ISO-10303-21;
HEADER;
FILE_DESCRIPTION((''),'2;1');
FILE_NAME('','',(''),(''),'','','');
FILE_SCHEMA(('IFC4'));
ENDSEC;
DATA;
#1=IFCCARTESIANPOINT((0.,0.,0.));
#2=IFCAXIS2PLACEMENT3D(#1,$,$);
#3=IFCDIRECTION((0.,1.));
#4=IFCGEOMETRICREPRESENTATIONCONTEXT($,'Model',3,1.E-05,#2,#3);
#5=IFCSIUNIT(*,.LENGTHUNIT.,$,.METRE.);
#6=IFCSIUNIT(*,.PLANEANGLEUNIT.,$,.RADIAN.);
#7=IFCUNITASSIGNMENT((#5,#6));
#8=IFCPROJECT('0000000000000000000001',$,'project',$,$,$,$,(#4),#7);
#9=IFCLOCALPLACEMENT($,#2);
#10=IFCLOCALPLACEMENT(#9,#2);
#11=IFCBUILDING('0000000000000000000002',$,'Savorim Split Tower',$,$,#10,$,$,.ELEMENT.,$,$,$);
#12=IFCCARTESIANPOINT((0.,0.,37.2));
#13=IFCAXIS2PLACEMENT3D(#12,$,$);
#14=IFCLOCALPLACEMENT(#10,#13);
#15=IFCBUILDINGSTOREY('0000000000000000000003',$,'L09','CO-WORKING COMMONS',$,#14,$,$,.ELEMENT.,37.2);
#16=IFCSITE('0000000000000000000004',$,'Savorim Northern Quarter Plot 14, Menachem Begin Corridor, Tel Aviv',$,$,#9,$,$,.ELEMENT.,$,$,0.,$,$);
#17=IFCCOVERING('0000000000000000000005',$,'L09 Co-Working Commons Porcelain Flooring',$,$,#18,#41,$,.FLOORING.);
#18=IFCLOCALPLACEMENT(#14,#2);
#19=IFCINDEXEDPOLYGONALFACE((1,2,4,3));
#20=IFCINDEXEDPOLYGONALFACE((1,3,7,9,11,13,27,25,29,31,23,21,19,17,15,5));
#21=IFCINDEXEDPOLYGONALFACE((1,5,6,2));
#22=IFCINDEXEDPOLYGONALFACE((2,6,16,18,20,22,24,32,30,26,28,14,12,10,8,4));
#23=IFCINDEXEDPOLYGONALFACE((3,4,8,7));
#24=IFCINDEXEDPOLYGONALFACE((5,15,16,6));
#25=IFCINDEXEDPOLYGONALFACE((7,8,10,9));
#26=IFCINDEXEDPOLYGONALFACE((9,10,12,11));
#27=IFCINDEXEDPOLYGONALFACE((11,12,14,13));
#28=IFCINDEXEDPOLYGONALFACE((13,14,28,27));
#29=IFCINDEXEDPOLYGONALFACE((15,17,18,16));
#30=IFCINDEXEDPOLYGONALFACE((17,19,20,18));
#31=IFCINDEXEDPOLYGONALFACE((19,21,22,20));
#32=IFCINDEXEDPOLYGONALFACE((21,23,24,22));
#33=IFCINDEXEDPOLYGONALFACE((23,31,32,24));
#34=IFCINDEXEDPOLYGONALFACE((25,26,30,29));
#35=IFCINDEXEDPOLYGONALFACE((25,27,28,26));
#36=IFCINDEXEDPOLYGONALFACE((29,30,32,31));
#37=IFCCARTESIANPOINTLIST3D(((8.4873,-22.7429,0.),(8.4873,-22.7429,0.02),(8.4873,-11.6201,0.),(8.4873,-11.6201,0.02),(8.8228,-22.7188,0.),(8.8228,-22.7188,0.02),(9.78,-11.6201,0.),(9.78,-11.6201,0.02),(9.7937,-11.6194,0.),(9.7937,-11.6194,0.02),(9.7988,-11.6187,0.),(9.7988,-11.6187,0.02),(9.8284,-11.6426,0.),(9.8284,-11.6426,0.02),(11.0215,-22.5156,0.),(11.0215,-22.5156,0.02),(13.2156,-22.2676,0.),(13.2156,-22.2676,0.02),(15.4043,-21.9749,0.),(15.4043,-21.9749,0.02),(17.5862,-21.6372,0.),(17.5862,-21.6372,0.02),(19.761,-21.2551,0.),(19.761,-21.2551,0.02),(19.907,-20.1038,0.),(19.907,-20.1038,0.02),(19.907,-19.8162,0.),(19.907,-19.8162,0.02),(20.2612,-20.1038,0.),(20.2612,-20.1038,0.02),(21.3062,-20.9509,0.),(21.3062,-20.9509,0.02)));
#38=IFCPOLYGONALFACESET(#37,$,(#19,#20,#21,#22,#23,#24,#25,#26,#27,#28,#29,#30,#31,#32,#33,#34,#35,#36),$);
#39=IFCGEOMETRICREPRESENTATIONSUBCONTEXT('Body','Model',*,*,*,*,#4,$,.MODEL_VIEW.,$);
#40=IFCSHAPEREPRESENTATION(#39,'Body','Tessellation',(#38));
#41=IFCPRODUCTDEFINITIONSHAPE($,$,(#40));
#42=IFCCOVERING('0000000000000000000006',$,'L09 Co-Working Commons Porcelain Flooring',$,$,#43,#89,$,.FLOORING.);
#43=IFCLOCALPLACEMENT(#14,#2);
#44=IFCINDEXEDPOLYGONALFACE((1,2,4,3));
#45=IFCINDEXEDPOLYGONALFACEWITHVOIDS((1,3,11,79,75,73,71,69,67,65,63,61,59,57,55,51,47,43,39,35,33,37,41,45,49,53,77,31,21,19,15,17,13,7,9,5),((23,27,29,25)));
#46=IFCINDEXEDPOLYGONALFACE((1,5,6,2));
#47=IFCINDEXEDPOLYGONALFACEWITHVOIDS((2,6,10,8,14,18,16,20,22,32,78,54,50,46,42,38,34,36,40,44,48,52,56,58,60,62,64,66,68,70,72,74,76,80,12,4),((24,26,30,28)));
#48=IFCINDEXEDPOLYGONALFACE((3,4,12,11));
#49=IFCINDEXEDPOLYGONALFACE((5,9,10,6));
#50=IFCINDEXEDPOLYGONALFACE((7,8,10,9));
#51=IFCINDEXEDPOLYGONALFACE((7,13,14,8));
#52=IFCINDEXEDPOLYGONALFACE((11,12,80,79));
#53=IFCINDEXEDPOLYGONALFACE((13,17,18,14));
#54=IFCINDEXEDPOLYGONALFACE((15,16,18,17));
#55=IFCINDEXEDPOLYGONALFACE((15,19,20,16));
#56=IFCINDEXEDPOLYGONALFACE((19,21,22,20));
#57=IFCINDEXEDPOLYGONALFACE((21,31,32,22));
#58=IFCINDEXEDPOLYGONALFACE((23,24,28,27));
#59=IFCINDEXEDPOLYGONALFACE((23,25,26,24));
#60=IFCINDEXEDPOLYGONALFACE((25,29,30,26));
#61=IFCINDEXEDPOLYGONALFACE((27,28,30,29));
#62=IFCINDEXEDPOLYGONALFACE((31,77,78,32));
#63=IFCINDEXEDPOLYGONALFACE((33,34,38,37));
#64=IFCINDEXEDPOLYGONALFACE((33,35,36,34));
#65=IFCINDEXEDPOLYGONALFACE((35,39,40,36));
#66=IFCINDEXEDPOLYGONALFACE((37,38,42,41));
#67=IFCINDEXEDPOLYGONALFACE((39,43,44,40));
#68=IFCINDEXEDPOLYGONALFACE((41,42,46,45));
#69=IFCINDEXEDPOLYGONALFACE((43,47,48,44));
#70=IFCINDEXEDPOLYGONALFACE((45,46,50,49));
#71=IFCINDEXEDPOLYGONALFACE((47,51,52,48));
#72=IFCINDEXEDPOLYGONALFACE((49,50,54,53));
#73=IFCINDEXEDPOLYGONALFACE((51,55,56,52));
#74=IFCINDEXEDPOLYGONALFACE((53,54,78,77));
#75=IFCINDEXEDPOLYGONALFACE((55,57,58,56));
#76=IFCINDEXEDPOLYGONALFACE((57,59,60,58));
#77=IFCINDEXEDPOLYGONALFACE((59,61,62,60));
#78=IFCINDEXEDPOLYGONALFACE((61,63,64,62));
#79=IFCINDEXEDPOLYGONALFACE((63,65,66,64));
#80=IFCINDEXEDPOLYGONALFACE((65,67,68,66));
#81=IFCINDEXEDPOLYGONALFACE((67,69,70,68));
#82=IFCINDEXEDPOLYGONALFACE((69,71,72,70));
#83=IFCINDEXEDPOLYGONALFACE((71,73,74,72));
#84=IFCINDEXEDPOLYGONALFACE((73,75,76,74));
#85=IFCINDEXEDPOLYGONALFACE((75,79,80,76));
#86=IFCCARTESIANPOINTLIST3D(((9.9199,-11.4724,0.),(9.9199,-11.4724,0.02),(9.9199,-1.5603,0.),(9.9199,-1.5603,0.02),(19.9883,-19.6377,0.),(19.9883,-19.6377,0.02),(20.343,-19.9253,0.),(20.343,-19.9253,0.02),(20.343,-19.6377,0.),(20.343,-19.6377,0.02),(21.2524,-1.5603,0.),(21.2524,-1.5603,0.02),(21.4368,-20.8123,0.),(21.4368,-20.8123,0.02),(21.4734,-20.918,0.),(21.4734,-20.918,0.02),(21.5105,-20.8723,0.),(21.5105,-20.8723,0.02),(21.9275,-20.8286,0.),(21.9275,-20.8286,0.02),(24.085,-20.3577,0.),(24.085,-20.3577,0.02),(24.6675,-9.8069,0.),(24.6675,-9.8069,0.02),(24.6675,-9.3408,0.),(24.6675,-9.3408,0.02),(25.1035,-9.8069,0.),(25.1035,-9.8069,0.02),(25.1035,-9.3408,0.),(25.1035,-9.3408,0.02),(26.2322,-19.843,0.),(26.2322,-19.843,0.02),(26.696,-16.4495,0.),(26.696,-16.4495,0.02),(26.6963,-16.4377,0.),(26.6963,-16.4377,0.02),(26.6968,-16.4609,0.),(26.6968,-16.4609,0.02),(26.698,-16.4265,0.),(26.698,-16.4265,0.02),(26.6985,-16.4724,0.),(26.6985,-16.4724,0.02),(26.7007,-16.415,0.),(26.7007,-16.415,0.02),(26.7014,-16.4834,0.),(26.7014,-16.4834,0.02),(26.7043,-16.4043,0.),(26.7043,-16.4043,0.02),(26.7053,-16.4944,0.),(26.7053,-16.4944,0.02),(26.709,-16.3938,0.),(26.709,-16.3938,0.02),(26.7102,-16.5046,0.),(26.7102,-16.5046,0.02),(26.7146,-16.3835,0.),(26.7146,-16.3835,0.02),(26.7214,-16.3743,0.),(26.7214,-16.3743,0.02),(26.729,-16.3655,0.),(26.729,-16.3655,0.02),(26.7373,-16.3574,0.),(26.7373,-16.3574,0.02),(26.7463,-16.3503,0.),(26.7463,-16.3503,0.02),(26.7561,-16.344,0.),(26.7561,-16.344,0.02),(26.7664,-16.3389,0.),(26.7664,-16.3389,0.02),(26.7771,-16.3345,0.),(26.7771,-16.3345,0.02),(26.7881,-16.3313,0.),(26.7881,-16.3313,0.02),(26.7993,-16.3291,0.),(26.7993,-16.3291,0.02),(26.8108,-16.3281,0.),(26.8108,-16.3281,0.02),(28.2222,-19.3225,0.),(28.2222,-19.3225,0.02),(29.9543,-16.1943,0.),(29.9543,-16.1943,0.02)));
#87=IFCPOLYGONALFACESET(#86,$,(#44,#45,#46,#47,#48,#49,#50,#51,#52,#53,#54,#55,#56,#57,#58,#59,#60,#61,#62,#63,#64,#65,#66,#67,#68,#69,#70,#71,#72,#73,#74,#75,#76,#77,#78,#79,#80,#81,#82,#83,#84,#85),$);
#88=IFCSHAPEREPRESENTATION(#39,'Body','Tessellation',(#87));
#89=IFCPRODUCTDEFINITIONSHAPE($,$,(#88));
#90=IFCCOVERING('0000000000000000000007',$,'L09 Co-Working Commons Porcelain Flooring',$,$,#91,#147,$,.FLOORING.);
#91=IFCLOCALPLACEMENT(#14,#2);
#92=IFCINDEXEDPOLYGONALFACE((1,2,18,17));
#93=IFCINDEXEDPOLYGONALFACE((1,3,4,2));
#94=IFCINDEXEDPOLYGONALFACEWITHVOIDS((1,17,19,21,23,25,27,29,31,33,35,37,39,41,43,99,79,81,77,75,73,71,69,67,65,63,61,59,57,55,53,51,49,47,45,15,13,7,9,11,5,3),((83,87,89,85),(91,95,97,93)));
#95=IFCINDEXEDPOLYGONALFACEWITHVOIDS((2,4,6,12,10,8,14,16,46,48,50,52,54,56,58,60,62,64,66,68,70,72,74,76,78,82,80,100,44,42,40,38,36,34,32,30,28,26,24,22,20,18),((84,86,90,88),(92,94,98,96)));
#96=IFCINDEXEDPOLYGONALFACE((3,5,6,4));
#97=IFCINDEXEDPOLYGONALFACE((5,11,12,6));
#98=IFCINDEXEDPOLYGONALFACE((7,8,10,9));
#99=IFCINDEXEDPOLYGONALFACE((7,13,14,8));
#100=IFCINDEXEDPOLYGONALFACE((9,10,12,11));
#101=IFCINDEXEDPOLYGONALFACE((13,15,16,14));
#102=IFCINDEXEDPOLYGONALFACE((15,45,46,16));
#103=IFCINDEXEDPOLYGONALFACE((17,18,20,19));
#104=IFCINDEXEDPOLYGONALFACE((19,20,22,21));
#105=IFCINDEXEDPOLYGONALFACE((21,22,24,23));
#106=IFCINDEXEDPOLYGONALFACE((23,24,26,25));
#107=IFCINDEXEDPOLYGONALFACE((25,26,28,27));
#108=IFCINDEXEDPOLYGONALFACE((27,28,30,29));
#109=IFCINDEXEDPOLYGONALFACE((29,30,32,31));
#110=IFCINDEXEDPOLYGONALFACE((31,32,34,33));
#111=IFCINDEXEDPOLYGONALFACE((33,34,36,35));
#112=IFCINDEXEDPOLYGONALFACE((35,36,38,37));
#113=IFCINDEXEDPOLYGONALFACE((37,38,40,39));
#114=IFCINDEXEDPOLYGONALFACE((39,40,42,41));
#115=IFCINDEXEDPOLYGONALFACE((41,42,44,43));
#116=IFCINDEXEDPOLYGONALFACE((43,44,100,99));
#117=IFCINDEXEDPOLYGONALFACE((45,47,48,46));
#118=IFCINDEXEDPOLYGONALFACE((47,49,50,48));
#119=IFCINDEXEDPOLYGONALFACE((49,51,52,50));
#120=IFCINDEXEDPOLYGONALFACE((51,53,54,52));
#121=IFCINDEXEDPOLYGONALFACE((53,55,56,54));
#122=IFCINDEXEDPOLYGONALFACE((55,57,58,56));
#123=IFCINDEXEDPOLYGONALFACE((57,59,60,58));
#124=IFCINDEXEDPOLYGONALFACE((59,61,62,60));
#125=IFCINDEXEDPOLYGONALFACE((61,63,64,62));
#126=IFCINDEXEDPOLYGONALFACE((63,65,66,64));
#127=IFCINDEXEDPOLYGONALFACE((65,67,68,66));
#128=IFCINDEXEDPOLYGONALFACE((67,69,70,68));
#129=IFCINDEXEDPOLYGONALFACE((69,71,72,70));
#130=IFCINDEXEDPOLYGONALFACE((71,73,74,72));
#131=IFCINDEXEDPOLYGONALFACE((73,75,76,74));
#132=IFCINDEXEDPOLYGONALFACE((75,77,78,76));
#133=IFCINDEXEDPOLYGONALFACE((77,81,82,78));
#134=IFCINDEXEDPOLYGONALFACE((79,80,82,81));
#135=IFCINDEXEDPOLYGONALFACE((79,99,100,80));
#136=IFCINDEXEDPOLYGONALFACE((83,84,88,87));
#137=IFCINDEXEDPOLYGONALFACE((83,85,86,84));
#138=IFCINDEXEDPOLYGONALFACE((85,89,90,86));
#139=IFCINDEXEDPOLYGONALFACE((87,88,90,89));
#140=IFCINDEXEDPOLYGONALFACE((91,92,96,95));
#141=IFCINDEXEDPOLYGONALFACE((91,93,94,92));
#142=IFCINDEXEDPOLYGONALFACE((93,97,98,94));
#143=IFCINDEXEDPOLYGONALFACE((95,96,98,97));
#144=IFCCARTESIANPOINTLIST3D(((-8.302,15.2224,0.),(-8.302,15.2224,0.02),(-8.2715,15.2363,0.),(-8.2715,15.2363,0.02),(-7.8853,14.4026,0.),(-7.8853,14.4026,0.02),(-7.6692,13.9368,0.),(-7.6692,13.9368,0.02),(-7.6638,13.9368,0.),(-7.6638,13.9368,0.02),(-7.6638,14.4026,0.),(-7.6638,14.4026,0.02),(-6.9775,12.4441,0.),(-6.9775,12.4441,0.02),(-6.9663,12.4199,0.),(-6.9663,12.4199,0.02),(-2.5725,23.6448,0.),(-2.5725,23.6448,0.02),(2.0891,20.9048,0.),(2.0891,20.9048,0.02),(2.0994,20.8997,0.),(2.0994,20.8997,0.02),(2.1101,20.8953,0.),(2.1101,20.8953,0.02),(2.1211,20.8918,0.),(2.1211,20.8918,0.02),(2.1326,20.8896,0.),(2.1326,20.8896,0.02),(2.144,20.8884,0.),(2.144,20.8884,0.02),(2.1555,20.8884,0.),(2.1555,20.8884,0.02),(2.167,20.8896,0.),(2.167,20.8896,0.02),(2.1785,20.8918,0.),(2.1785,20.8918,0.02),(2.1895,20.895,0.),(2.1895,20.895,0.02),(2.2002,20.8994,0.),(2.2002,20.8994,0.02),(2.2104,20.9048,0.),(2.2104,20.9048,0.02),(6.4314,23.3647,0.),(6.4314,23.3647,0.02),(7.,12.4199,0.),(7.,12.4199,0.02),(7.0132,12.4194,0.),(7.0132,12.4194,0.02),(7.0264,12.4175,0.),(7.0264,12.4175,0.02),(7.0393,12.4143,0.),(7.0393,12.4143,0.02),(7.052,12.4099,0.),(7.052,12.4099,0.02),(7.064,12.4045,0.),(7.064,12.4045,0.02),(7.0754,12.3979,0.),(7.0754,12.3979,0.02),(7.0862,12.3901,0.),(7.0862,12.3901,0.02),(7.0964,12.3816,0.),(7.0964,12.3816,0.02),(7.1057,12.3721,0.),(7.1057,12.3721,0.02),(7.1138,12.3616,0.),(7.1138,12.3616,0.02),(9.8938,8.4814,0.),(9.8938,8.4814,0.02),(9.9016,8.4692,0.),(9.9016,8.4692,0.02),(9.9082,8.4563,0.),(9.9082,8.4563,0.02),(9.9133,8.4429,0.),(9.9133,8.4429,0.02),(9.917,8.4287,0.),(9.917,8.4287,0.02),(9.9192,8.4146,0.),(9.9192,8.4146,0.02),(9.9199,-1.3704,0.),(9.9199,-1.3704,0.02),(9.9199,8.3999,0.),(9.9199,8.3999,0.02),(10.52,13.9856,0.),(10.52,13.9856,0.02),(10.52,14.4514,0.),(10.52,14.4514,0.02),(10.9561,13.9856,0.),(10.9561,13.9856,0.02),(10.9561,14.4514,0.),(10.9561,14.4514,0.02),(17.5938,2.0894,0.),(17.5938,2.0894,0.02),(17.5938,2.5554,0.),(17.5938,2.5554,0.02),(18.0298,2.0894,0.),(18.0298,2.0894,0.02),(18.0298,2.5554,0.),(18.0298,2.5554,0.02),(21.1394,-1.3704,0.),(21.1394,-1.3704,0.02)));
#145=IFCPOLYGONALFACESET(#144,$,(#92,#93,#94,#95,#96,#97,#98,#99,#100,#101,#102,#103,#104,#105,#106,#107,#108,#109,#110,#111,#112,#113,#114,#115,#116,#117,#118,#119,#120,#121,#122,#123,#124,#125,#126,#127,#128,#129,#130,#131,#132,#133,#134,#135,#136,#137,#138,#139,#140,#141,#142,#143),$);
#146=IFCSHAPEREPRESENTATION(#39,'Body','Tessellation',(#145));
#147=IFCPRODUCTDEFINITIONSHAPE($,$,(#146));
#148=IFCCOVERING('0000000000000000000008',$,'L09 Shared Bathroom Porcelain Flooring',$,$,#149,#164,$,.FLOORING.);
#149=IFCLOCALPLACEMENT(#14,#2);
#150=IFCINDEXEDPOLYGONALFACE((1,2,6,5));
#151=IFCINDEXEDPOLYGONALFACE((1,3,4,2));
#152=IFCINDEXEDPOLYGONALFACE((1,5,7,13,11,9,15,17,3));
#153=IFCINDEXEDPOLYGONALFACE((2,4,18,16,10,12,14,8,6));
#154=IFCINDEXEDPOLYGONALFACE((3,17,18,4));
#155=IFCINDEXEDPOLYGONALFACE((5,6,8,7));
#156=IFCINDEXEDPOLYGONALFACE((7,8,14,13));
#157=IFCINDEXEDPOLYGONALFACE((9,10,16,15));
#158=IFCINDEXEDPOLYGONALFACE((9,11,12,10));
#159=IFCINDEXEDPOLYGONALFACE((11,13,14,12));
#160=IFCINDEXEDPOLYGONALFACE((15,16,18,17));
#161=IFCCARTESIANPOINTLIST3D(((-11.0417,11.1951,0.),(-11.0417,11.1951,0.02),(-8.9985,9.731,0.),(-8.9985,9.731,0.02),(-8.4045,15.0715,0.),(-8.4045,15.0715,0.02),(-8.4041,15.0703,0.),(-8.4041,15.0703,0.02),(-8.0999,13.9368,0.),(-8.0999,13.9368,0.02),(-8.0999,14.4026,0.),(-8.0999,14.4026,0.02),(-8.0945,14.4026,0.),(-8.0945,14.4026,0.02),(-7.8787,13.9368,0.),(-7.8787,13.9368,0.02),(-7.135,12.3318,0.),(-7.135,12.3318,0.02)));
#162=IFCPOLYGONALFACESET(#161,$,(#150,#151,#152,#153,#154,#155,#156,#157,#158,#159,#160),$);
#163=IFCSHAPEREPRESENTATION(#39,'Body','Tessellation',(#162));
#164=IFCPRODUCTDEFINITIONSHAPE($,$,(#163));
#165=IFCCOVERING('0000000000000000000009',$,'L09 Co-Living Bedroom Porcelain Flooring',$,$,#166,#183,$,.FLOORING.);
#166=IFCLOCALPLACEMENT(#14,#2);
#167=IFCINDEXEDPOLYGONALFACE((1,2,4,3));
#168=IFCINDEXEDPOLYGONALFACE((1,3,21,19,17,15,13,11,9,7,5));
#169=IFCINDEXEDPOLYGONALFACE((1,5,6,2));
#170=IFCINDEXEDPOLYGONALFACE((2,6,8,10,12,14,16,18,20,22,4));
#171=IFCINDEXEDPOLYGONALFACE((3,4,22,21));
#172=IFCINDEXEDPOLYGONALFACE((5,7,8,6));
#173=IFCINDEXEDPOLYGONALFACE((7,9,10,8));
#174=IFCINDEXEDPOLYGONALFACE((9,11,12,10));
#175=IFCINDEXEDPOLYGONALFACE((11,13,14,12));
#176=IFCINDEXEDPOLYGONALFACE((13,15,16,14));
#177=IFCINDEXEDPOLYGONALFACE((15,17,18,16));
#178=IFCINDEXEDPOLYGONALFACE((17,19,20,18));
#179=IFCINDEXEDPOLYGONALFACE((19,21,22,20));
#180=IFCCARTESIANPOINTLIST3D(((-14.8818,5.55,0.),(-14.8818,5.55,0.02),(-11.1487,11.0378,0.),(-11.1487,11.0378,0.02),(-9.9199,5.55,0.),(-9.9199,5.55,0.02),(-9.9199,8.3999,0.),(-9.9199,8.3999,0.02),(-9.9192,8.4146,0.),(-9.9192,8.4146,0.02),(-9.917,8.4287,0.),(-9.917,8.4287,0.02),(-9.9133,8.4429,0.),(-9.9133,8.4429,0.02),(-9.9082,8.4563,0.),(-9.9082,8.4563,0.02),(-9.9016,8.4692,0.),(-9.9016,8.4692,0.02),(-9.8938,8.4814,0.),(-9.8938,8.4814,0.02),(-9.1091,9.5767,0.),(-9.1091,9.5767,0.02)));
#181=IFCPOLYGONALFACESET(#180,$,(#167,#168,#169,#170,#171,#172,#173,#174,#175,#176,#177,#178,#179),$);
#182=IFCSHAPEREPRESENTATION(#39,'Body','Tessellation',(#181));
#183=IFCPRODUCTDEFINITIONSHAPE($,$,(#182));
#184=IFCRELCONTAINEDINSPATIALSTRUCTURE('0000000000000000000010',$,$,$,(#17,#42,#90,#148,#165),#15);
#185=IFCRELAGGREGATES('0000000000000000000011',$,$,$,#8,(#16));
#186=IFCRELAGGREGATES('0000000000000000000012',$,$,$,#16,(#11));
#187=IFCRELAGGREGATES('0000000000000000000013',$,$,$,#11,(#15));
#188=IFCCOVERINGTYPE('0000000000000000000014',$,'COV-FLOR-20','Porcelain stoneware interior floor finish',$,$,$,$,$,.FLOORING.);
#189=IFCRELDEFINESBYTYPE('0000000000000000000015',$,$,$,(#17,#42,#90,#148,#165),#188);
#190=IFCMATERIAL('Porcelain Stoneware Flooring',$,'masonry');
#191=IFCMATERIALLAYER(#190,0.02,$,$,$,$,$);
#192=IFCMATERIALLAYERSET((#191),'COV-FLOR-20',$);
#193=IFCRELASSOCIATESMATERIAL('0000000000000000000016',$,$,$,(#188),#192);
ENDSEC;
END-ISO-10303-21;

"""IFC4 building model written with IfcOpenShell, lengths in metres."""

from ifc_helpers import new_model, si_unit, direction, frame, origin, place, context, subcontext, project, spatial, polyline, outline, extrude, material, layer, layer_set, type_object, element, save


model = new_model("IFC4")

# Units and contexts
model_context = context("Model", 3, precision=1e-05, world=origin(), true_north=direction((0.0, 1.0)))
body_context = subcontext(model_context, "Body", "Model", "MODEL_VIEW")
ifc_project = project(units=[si_unit("LENGTHUNIT", "METRE"), si_unit("PLANEANGLEUNIT", "RADIAN")], contexts=[model_context])

# Site, building, storey
site_placement = place(None, origin())
site = spatial("IfcSite", under=ifc_project, at=site_placement, Name="Savorim Northern Quarter Plot 14, Menachem Begin Corridor, Tel Aviv", CompositionType="ELEMENT", RefElevation=0.0)
building_placement = place(site_placement, origin())
building = spatial("IfcBuilding", under=site, at=building_placement, Name="Savorim Split Tower", CompositionType="ELEMENT")
storey_placement = place(building_placement, frame((0.0, 0.0, 37.2)))
storey = spatial("IfcBuildingStorey", under=building, at=storey_placement, Name="L09", Description="CO-WORKING COMMONS", CompositionType="ELEMENT", Elevation=37.2)

# Coverings
ifc_material_1 = material(Name="Porcelain Stoneware Flooring", Category="masonry")
ifc_layer_1 = layer(ifc_material_1, 0.02)
ifc_layer_set_1 = layer_set([ifc_layer_1], Name="COV-FLOR-20")
covering_type_1 = type_object("IfcCoveringType", Name="COV-FLOR-20", Description="Porcelain stoneware interior floor finish", PredefinedType="FLOORING", material=ifc_layer_set_1)
covering_1_placement = place(storey_placement, origin())
element("IfcCovering", 1, at=covering_1_placement, inside=storey, type_object=covering_type_1, Name="L09 Co-Working Commons Porcelain Flooring", PredefinedType="FLOORING", context=body_context, shape_type="SweptSolid", body=[
    extrude(outline(polyline([(13.2156, -22.2676), (15.4043, -21.9749), (17.5862, -21.6372), (19.761, -21.2551), (21.3062, -20.9509), (20.2612, -20.1038), (19.907, -20.1038), (19.907, -19.8162), (9.8284, -11.6426), (9.7988, -11.6187), (9.7937, -11.6194), (9.78, -11.6201), (8.4873, -11.6201), (8.4873, -22.7429), (8.8228, -22.7188), (11.0215, -22.5156), (13.2156, -22.2676)])), origin(), (0.0, 0.0, 1.0), 0.02),
])
covering_2_placement = place(storey_placement, origin())
element("IfcCovering", 2, at=covering_2_placement, inside=storey, type_object=covering_type_1, Name="L09 Co-Working Commons Porcelain Flooring", PredefinedType="FLOORING", context=body_context, shape_type="SweptSolid", body=[
    extrude(outline(polyline([(26.7993, -16.3291), (26.8108, -16.3281), (29.9543, -16.1943), (21.2524, -1.5603), (9.9199, -1.5603), (9.9199, -11.4724), (19.9883, -19.6377), (20.343, -19.6377), (20.343, -19.9253), (21.4368, -20.8123), (21.5105, -20.8723), (21.4734, -20.918), (21.9275, -20.8286), (24.085, -20.3577), (26.2322, -19.843), (28.2222, -19.3225), (26.7102, -16.5046), (26.7053, -16.4944), (26.7014, -16.4834), (26.6985, -16.4724), (26.6968, -16.4609), (26.696, -16.4495), (26.6963, -16.4377), (26.698, -16.4265), (26.7007, -16.415), (26.7043, -16.4043), (26.709, -16.3938), (26.7146, -16.3835), (26.7214, -16.3743), (26.729, -16.3655), (26.7373, -16.3574), (26.7463, -16.3503), (26.7561, -16.344), (26.7664, -16.3389), (26.7771, -16.3345), (26.7881, -16.3313), (26.7993, -16.3291)]), holes=[polyline([(25.1035, -9.8069), (25.1035, -9.3408), (24.6675, -9.3408), (24.6675, -9.8069), (25.1035, -9.8069)])]), origin(), (0.0, 0.0, 1.0), 0.02),
])
covering_3_placement = place(storey_placement, origin())
element("IfcCovering", 3, at=covering_3_placement, inside=storey, type_object=covering_type_1, Name="L09 Co-Working Commons Porcelain Flooring", PredefinedType="FLOORING", context=body_context, shape_type="SweptSolid", body=[
    extrude(outline(polyline([(2.1101, 20.8953), (2.0994, 20.8997), (2.0891, 20.9048), (-2.5725, 23.6448), (-8.302, 15.2224), (-8.2715, 15.2363), (-7.8853, 14.4026), (-7.6638, 14.4026), (-7.6638, 13.9368), (-7.6692, 13.9368), (-6.9775, 12.4441), (-6.9663, 12.4199), (7.0, 12.4199), (7.0132, 12.4194), (7.0264, 12.4175), (7.0393, 12.4143), (7.052, 12.4099), (7.064, 12.4045), (7.0754, 12.3979), (7.0862, 12.3901), (7.0964, 12.3816), (7.1057, 12.3721), (7.1138, 12.3616), (9.8938, 8.4814), (9.9016, 8.4692), (9.9082, 8.4563), (9.9133, 8.4429), (9.917, 8.4287), (9.9192, 8.4146), (9.9199, 8.3999), (9.9199, -1.3704), (21.1394, -1.3704), (6.4314, 23.3647), (2.2104, 20.9048), (2.2002, 20.8994), (2.1895, 20.895), (2.1785, 20.8918), (2.167, 20.8896), (2.1555, 20.8884), (2.144, 20.8884), (2.1326, 20.8896), (2.1211, 20.8918), (2.1101, 20.8953)]), holes=[polyline([(18.0298, 2.0894), (18.0298, 2.5554), (17.5938, 2.5554), (17.5938, 2.0894), (18.0298, 2.0894)]), polyline([(10.9561, 14.4514), (10.52, 14.4514), (10.52, 13.9856), (10.9561, 13.9856), (10.9561, 14.4514)])]), origin(), (0.0, 0.0, 1.0), 0.02),
])
covering_4_placement = place(storey_placement, origin())
element("IfcCovering", 4, at=covering_4_placement, inside=storey, type_object=covering_type_1, Name="L09 Shared Bathroom Porcelain Flooring", PredefinedType="FLOORING", context=body_context, shape_type="SweptSolid", body=[
    extrude(outline(polyline([(-8.0999, 14.4026), (-8.0945, 14.4026), (-8.4041, 15.0703), (-8.4045, 15.0715), (-11.0417, 11.1951), (-8.9985, 9.731), (-7.135, 12.3318), (-7.8787, 13.9368), (-8.0999, 13.9368), (-8.0999, 14.4026)])), origin(), (0.0, 0.0, 1.0), 0.02),
])
covering_5_placement = place(storey_placement, origin())
element("IfcCovering", 5, at=covering_5_placement, inside=storey, type_object=covering_type_1, Name="L09 Co-Living Bedroom Porcelain Flooring", PredefinedType="FLOORING", context=body_context, shape_type="SweptSolid", body=[
    extrude(outline(polyline([(-9.9082, 8.4563), (-9.9016, 8.4692), (-9.8938, 8.4814), (-9.1091, 9.5767), (-11.1487, 11.0378), (-14.8818, 5.55), (-9.9199, 5.55), (-9.9199, 8.3999), (-9.9192, 8.4146), (-9.917, 8.4287), (-9.9133, 8.4429), (-9.9082, 8.4563)])), origin(), (0.0, 0.0, 1.0), 0.02),
])

save(model, "model.ifc")
